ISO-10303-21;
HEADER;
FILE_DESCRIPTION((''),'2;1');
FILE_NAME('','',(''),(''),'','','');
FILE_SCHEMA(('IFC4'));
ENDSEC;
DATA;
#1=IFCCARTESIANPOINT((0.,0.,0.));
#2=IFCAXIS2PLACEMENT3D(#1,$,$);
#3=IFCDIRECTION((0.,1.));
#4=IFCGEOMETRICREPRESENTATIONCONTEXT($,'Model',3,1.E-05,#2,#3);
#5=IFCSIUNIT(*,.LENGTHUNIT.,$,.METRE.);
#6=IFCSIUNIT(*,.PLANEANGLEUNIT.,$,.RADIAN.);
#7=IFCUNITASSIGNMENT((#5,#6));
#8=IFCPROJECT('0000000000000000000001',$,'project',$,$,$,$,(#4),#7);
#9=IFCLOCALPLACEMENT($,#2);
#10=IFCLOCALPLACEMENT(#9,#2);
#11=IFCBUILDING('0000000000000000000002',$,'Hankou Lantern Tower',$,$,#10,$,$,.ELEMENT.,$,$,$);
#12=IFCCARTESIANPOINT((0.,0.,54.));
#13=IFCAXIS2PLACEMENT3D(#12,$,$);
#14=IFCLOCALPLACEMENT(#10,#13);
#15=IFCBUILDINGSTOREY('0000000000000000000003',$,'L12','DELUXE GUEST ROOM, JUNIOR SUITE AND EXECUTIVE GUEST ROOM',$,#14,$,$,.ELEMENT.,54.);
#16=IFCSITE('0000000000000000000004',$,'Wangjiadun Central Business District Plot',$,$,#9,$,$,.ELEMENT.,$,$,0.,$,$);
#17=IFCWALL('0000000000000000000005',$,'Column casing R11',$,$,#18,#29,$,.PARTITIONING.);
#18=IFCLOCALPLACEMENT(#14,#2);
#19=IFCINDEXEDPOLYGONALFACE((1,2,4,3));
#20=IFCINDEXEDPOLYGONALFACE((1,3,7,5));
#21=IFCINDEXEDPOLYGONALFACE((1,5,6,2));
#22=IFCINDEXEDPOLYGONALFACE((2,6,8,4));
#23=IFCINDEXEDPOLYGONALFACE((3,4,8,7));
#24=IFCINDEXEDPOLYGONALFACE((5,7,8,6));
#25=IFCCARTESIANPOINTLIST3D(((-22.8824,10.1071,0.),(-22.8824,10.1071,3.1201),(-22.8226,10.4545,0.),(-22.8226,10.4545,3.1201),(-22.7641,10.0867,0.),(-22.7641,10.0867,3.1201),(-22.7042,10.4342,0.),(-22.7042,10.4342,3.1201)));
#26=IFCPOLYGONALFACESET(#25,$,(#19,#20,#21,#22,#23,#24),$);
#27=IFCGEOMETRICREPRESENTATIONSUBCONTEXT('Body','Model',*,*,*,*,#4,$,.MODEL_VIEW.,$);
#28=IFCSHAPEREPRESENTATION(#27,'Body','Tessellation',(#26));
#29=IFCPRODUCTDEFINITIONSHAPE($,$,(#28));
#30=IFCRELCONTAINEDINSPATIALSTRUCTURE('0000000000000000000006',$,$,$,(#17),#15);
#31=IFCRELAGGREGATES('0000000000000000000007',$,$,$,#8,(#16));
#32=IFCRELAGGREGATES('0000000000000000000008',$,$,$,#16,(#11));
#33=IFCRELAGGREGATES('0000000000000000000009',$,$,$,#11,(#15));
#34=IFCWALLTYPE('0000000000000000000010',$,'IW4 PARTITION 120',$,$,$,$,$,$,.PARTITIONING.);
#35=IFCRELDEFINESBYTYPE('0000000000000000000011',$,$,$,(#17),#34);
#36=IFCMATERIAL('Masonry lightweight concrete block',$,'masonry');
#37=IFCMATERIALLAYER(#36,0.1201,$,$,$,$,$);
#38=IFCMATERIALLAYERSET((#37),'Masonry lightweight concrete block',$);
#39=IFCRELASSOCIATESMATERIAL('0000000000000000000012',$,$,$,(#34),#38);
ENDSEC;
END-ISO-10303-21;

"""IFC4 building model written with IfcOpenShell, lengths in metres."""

from ifc_helpers import new_model, si_unit, direction, frame, frame_2d, origin, place, context, subcontext, project, spatial, rectangle, extrude, material, layer, layer_set, type_object, element, save


model = new_model("IFC4")

# Units and contexts
model_context = context("Model", 3, precision=1e-05, world=origin(), true_north=direction((0.0, 1.0)))
body_context = subcontext(model_context, "Body", "Model", "MODEL_VIEW")
ifc_project = project(units=[si_unit("LENGTHUNIT", "METRE"), si_unit("PLANEANGLEUNIT", "RADIAN")], contexts=[model_context])

# Site, building, storey
site_placement = place(None, origin())
site = spatial("IfcSite", under=ifc_project, at=site_placement, Name="Wangjiadun Central Business District Plot", CompositionType="ELEMENT", RefElevation=0.0)
building_placement = place(site_placement, origin())
building = spatial("IfcBuilding", under=site, at=building_placement, Name="Hankou Lantern Tower", CompositionType="ELEMENT")
storey_placement = place(building_placement, frame((0.0, 0.0, 54.0)))
storey = spatial("IfcBuildingStorey", under=building, at=storey_placement, Name="L12", Description="DELUXE GUEST ROOM, JUNIOR SUITE AND EXECUTIVE GUEST ROOM", CompositionType="ELEMENT", Elevation=54.0)

# Wall
ifc_material_1 = material(Name="Masonry lightweight concrete block", Category="masonry")
ifc_layer_1 = layer(ifc_material_1, 0.1201)
ifc_layer_set_1 = layer_set([ifc_layer_1], Name="Masonry lightweight concrete block")
wall_type_1 = type_object("IfcWallType", Name="IW4 PARTITION 120", PredefinedType="PARTITIONING", material=ifc_layer_set_1)
wall_1_placement = place(storey_placement, frame((-22.8232, 10.0969, 0.0), z_axis=(0.0, 0.0, 1.0), x_axis=(0.169675, 0.9855, 0.0)))
element("IfcWall", 1, at=wall_1_placement, inside=storey, type_object=wall_type_1, Name="Column casing R11", PredefinedType="PARTITIONING", context=body_context, shape_type="SweptSolid", body=[
    extrude(rectangle(XDim=0.3525, YDim=0.1201, at=frame_2d((0.1763, 0.0))), origin(), (0.0, 0.0, 1.0), 3.1201),
])

save(model, "model.ifc")
